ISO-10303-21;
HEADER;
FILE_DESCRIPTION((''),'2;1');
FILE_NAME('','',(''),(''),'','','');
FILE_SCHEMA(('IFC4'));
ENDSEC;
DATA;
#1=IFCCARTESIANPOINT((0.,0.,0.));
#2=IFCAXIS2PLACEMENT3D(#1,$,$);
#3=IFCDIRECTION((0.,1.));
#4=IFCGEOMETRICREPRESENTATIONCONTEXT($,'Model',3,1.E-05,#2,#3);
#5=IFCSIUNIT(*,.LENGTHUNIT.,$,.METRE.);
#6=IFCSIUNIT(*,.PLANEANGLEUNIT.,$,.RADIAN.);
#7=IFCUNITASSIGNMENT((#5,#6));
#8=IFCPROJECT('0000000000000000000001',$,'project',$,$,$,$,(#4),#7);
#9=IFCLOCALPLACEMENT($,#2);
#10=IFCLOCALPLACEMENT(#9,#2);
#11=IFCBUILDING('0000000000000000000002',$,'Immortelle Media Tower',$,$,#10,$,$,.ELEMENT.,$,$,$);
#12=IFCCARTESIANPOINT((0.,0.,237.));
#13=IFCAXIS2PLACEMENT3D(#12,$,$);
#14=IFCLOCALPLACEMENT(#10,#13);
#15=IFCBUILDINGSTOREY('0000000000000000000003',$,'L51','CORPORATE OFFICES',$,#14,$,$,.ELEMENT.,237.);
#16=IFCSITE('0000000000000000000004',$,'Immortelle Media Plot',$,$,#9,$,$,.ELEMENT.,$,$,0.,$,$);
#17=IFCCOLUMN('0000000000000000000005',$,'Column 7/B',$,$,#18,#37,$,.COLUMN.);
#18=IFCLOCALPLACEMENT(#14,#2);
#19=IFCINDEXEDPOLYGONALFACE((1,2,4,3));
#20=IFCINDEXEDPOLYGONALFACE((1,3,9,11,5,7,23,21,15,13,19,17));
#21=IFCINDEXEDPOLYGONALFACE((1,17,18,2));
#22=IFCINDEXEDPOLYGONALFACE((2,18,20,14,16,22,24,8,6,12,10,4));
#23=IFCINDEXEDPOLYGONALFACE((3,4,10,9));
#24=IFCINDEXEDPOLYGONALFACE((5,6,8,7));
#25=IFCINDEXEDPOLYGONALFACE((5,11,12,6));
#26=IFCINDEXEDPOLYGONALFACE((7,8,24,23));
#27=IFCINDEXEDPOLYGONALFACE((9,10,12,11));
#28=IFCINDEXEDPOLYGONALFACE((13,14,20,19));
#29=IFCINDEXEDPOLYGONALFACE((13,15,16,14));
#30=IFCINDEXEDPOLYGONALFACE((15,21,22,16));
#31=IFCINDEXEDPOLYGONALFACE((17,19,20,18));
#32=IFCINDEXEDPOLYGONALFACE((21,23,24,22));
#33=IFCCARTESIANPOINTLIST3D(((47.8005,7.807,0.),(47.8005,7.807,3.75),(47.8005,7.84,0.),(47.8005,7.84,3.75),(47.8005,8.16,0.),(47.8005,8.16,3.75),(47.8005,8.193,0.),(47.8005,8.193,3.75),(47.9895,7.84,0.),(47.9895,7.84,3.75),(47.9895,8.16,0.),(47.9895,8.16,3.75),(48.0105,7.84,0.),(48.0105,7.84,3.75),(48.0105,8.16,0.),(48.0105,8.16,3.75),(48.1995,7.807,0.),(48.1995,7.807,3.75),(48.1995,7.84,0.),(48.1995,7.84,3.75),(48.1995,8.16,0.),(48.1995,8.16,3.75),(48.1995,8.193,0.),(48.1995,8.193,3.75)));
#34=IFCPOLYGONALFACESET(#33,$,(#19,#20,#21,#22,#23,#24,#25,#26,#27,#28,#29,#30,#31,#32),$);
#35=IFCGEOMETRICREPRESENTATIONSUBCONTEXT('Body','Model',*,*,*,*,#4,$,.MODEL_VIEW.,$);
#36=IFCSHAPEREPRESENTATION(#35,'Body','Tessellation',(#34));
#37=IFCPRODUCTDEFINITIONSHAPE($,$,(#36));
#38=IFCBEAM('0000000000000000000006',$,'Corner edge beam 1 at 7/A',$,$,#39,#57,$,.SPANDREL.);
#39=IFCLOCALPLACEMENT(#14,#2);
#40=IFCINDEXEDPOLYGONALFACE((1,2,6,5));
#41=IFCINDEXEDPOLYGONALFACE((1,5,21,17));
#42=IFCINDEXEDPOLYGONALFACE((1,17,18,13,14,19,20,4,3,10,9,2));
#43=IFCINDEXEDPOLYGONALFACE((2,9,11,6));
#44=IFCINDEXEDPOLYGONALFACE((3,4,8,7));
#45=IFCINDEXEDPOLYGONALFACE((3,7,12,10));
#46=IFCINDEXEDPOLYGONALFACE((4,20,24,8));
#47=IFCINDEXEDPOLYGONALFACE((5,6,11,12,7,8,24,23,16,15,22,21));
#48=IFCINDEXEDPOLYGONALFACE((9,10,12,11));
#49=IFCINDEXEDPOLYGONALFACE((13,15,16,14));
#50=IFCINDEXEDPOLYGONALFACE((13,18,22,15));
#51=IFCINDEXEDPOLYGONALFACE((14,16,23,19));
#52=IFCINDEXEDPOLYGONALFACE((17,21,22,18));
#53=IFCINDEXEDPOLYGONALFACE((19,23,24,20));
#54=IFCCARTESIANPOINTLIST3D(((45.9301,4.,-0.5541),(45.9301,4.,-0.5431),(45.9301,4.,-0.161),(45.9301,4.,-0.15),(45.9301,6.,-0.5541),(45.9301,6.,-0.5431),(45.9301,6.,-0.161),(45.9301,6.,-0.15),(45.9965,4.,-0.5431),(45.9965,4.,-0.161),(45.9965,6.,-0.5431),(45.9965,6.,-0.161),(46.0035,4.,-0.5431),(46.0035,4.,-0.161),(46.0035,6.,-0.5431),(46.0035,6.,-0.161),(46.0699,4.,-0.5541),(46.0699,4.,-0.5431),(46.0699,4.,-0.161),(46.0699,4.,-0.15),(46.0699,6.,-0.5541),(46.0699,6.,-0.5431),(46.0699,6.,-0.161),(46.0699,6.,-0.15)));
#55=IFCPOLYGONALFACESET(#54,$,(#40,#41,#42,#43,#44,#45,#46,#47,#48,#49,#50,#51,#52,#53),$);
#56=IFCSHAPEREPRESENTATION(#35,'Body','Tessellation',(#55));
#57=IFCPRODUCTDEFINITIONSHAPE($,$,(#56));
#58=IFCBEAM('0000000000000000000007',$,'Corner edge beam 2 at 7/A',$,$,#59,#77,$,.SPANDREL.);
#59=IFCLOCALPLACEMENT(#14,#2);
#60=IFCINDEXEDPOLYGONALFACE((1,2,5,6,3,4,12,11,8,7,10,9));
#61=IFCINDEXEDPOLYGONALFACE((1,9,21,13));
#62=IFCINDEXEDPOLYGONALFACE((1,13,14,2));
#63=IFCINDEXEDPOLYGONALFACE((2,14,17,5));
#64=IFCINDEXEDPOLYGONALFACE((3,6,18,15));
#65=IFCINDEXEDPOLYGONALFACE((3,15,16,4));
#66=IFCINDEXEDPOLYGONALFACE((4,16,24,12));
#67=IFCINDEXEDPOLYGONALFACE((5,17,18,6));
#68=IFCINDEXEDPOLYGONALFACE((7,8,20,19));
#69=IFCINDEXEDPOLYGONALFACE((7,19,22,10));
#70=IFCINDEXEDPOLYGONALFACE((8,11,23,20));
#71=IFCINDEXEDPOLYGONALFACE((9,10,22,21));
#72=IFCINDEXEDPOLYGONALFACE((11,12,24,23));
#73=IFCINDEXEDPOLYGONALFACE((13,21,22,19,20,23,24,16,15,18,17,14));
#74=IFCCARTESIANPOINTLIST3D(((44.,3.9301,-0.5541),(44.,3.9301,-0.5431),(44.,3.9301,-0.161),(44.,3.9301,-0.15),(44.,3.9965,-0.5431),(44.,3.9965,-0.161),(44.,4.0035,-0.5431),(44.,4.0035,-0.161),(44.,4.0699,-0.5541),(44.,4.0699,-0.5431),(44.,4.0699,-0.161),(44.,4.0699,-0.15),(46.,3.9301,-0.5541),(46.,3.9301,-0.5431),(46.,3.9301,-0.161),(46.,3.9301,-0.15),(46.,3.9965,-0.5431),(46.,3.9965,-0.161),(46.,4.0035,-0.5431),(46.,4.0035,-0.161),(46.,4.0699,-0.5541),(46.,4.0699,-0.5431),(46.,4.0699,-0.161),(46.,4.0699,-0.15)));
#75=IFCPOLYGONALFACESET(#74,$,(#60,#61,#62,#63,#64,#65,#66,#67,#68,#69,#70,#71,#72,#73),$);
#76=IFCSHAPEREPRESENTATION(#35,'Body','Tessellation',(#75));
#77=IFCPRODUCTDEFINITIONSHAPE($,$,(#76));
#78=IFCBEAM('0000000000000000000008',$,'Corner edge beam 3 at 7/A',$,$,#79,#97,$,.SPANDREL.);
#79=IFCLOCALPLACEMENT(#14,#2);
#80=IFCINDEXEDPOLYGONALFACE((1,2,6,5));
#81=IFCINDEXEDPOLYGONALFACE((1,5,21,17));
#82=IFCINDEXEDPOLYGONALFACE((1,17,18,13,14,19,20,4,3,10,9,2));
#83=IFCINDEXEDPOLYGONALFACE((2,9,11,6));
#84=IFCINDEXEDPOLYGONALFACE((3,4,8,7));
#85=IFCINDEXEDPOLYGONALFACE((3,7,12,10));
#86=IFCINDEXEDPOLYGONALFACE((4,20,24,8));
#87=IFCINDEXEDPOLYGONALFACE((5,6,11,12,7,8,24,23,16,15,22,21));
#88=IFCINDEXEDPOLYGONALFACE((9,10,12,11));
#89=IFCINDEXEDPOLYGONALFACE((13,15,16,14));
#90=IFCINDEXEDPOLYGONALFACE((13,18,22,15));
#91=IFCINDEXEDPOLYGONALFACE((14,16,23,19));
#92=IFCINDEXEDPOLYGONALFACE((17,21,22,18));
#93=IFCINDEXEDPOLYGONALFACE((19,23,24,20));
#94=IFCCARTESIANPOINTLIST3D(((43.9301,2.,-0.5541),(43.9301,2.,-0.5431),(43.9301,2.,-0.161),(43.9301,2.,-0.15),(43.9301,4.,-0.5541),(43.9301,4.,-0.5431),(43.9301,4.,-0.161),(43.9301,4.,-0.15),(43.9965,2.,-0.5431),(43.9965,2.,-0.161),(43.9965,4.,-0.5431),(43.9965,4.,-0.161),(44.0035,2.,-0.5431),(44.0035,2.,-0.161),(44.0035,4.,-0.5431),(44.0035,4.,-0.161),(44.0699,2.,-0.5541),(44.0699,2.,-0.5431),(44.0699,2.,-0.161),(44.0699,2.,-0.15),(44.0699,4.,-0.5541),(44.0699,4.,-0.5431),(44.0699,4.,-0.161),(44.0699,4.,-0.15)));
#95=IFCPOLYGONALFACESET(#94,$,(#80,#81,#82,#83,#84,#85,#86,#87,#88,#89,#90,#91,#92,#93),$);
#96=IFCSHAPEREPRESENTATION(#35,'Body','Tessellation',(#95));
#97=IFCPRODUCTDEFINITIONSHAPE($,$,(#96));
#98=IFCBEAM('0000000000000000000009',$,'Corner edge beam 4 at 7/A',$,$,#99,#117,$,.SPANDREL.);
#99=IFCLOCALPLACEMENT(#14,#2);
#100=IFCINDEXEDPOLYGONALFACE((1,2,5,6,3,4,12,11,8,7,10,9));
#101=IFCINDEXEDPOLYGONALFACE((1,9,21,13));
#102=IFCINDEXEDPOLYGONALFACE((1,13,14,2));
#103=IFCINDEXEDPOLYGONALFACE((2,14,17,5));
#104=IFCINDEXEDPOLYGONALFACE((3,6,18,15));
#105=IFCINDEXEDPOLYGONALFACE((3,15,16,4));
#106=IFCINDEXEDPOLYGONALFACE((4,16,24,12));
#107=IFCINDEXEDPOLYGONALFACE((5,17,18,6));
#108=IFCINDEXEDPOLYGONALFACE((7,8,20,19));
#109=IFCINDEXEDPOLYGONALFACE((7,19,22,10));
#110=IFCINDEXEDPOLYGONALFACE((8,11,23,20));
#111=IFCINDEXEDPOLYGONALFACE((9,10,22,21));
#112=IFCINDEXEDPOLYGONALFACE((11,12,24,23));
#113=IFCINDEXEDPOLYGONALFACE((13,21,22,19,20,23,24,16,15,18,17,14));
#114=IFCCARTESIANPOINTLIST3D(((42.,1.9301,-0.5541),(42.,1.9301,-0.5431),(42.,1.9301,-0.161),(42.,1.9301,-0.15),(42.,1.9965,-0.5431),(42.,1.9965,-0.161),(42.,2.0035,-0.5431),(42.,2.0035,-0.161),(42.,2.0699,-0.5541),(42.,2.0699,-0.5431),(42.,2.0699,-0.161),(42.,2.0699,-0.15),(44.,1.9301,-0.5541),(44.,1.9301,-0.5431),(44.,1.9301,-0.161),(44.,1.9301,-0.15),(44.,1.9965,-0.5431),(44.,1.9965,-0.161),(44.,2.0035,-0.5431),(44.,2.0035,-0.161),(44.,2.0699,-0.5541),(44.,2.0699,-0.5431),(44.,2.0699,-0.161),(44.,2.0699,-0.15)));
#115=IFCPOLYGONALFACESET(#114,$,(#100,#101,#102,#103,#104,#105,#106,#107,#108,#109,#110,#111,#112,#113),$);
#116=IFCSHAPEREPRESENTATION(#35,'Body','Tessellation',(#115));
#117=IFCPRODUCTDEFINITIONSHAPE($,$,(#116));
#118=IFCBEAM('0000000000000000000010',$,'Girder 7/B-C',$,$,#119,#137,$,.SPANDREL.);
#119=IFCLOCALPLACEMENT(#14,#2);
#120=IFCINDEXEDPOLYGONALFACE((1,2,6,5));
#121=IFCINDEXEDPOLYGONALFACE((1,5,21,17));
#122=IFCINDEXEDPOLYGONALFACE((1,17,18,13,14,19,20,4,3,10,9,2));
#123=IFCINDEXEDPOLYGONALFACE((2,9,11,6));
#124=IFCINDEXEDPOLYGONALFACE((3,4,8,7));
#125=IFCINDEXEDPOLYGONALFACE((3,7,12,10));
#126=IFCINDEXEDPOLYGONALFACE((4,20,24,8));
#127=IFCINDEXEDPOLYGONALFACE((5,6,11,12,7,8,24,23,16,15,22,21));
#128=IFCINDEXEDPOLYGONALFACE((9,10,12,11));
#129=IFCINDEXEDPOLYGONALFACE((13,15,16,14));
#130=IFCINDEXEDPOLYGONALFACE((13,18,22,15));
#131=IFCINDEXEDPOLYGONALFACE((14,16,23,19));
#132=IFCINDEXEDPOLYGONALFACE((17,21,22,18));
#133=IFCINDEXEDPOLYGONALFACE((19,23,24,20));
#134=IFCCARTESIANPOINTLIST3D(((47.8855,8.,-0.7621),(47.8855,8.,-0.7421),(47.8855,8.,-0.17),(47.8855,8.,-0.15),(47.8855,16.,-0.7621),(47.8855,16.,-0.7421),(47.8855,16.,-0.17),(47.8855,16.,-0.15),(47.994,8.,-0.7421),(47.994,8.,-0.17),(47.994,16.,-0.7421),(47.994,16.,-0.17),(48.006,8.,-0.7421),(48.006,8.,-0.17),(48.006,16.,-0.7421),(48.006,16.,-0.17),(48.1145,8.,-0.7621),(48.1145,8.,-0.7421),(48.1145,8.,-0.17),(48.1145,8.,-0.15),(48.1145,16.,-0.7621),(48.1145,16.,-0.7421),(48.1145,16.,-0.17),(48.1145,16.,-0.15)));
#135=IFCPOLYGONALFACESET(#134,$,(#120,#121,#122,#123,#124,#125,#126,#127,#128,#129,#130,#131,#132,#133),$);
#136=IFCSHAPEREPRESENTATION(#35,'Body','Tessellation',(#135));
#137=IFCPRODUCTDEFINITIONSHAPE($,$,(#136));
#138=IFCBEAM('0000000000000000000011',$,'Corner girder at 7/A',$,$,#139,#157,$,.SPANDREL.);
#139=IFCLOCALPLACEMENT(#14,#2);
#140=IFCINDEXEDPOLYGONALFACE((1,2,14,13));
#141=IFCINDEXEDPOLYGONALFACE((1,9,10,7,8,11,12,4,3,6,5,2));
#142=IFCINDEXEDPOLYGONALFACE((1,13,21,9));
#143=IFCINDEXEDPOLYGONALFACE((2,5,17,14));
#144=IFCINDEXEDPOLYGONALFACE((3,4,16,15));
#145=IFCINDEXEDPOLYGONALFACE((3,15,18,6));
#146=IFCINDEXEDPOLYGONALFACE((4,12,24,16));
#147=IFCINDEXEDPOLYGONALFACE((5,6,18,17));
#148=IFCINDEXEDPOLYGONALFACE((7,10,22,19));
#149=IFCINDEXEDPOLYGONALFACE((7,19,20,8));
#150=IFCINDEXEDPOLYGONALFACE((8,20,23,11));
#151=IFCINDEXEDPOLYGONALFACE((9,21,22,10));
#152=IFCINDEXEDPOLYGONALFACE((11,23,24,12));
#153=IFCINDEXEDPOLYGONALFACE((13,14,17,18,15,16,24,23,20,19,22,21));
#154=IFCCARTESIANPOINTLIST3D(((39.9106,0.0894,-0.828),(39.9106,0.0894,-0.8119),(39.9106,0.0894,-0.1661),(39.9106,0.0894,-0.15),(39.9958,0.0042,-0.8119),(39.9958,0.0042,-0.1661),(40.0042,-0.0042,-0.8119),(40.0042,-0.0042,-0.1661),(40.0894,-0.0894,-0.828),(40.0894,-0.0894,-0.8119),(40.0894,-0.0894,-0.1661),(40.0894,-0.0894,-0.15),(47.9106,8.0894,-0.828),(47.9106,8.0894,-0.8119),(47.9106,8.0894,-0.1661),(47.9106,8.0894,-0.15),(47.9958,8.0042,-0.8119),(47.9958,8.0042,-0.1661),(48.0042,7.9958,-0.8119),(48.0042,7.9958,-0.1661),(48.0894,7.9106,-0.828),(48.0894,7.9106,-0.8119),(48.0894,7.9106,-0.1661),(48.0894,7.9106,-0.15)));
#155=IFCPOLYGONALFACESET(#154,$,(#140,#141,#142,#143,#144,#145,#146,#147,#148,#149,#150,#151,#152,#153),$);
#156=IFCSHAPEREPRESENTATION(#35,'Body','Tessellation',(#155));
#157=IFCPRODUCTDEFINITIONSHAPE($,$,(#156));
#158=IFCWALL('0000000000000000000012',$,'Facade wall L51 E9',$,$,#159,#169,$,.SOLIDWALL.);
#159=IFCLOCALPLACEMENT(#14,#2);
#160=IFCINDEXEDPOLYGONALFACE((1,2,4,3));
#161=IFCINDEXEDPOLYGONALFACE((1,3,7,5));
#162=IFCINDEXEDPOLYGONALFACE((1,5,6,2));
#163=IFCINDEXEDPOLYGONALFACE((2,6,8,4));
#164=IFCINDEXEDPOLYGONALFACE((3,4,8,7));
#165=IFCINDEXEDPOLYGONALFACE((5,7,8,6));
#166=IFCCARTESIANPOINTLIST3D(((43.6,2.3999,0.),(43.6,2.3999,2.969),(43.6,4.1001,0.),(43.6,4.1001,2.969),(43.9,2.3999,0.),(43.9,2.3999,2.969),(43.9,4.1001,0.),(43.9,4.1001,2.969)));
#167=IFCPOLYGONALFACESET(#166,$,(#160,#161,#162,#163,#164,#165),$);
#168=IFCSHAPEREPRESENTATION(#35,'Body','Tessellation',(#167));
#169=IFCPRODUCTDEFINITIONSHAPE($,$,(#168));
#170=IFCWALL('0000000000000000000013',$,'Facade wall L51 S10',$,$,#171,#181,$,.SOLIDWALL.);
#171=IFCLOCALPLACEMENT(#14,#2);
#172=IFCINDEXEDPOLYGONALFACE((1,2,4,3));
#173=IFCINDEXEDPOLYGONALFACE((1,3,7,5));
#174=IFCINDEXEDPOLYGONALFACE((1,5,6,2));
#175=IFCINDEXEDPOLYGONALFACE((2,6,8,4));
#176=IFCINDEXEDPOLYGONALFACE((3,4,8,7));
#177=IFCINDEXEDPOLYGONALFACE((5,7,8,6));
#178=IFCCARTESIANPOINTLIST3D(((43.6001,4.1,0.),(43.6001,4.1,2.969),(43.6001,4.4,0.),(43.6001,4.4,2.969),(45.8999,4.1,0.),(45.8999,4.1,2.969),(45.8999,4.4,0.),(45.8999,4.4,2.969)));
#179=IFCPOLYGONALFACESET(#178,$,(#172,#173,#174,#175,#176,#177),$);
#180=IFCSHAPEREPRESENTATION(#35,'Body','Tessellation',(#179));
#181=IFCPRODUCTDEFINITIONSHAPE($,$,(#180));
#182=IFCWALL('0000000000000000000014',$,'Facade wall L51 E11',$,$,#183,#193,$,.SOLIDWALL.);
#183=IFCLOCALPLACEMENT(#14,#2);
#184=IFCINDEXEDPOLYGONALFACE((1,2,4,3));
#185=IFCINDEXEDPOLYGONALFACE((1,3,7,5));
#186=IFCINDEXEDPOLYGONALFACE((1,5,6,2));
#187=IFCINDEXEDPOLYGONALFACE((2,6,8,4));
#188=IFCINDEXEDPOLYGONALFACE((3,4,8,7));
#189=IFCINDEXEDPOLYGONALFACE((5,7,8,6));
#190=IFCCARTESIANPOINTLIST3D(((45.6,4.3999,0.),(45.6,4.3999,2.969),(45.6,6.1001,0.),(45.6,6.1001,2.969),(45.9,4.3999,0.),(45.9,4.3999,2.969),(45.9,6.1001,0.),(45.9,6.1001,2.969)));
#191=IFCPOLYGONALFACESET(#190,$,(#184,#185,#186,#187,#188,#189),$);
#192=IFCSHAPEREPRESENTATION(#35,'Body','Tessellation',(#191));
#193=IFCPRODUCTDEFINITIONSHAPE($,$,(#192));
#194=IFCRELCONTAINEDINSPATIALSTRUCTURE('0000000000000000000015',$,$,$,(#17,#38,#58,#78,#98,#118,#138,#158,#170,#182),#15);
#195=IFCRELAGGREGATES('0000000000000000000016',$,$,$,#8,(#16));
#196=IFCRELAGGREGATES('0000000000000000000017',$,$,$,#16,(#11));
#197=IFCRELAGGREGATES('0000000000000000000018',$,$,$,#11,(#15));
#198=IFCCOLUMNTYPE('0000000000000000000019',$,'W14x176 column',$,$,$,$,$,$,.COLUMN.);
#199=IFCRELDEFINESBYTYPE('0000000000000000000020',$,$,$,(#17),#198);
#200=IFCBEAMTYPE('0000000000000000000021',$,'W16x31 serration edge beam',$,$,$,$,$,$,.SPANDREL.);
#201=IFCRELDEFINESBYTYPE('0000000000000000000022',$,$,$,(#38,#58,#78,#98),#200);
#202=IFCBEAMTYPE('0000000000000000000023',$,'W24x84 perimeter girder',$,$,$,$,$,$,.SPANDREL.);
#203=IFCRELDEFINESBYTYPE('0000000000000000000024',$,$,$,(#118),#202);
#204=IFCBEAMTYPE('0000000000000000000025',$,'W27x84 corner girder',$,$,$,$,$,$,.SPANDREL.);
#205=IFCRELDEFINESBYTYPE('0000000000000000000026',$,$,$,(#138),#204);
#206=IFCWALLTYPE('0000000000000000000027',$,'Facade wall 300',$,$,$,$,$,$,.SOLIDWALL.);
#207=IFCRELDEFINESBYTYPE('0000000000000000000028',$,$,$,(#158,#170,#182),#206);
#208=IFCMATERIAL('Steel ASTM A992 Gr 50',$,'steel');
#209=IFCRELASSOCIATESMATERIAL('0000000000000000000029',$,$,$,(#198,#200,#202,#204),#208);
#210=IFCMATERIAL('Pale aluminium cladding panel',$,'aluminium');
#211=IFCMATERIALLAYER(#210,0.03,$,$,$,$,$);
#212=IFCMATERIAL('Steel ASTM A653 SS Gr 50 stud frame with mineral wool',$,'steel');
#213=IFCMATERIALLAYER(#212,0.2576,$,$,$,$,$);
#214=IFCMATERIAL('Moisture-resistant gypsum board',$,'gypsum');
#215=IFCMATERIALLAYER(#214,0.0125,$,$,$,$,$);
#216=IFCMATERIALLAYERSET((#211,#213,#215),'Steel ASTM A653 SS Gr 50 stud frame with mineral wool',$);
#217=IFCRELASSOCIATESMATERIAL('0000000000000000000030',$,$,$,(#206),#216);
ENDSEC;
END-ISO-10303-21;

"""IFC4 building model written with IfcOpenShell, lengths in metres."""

from ifc_helpers import new_model, si_unit, direction, frame, frame_2d, origin, origin_2d, place, context, subcontext, project, spatial, rectangle, i_section, extrude, material, layer, layer_set, material_profile, profile_set, type_object, element, save


model = new_model("IFC4")

# Units and contexts
model_context = context("Model", 3, precision=1e-05, world=origin(), true_north=direction((0.0, 1.0)))
body_context = subcontext(model_context, "Body", "Model", "MODEL_VIEW")
ifc_project = project(units=[si_unit("LENGTHUNIT", "METRE"), si_unit("PLANEANGLEUNIT", "RADIAN")], contexts=[model_context])

# Site, building, storey
site_placement = place(None, origin())
site = spatial("IfcSite", under=ifc_project, at=site_placement, Name="Immortelle Media Plot", CompositionType="ELEMENT", RefElevation=0.0)
building_placement = place(site_placement, origin())
building = spatial("IfcBuilding", under=site, at=building_placement, Name="Immortelle Media Tower", CompositionType="ELEMENT")
storey_placement = place(building_placement, frame((0.0, 0.0, 237.0)))
storey = spatial("IfcBuildingStorey", under=building, at=storey_placement, Name="L51", Description="CORPORATE OFFICES", CompositionType="ELEMENT", Elevation=237.0)

# Column
ifc_material_1 = material(Name="Steel ASTM A992 Gr 50", Category="steel")
ifc_material_profile_1 = material_profile(ifc_material_1, i_section(OverallWidth=0.3989, OverallDepth=0.386, WebThickness=0.021, FlangeThickness=0.033, at=origin_2d()), Name="W14x176")
ifc_profile_set_1 = profile_set([ifc_material_profile_1], Name="Steel ASTM A992 Gr 50")
column_type = type_object("IfcColumnType", Name="W14x176 column", PredefinedType="COLUMN", material=ifc_profile_set_1)
column_placement = place(storey_placement, frame((48.0, 8.0, 0.0), z_axis=(0.0, 0.0, 1.0), x_axis=(1.0, 0.0, 0.0)))
element("IfcColumn", 1, at=column_placement, inside=storey, type_object=column_type, Name="Column 7/B", PredefinedType="COLUMN", context=body_context, shape_type="SweptSolid", body=[
    extrude(i_section(OverallWidth=0.3989, OverallDepth=0.386, WebThickness=0.021, FlangeThickness=0.033, at=origin_2d()), origin(), (0.0, 0.0, 1.0), 3.75),
])

# Beams
ifc_material_profile_2 = material_profile(ifc_material_1, i_section(OverallWidth=0.1399, OverallDepth=0.4041, WebThickness=0.0071, FlangeThickness=0.011, at=origin_2d()), Name="W16x31")
ifc_profile_set_2 = profile_set([ifc_material_profile_2], Name="Steel ASTM A992 Gr 50")
beam_type_1 = type_object("IfcBeamType", Name="W16x31 serration edge beam", PredefinedType="SPANDREL", material=ifc_profile_set_2)
for number, where, z_axis, x_axis, name in (
    (2, (46.0, 6.0, -0.3521), (0.0, -1.0, 0.0), (1.0, 0.0, 0.0), "Corner edge beam 1 at 7/A"),
    (3, (46.0, 4.0, -0.3521), (-1.0, 0.0, 0.0), (0.0, -1.0, 0.0), "Corner edge beam 2 at 7/A"),
    (4, (44.0, 4.0, -0.3521), (0.0, -1.0, 0.0), (1.0, 0.0, 0.0), "Corner edge beam 3 at 7/A"),
    (5, (44.0, 2.0, -0.3521), (-1.0, 0.0, 0.0), (0.0, -1.0, 0.0), "Corner edge beam 4 at 7/A"),
):
    element("IfcBeam", number, at=place(storey_placement, frame(where, z_axis=z_axis, x_axis=x_axis)), inside=storey, type_object=beam_type_1, Name=name, PredefinedType="SPANDREL", context=body_context, shape_type="SweptSolid", body=[
        extrude(i_section(OverallWidth=0.1399, OverallDepth=0.4041, WebThickness=0.0071, FlangeThickness=0.011, at=origin_2d()), origin(), (0.0, 0.0, 1.0), 2.0),
    ])
ifc_material_profile_3 = material_profile(ifc_material_1, i_section(OverallWidth=0.229, OverallDepth=0.6121, WebThickness=0.012, FlangeThickness=0.02, at=origin_2d()), Name="W24x84")
ifc_profile_set_3 = profile_set([ifc_material_profile_3], Name="Steel ASTM A992 Gr 50")
beam_type_2 = type_object("IfcBeamType", Name="W24x84 perimeter girder", PredefinedType="SPANDREL", material=ifc_profile_set_3)
beam_1_placement = place(storey_placement, frame((48.0, 8.0, -0.4561), z_axis=(0.0, 1.0, 0.0), x_axis=(-1.0, 0.0, 0.0)))
element("IfcBeam", 6, at=beam_1_placement, inside=storey, type_object=beam_type_2, Name="Girder 7/B-C", PredefinedType="SPANDREL", context=body_context, shape_type="SweptSolid", body=[
    extrude(i_section(OverallWidth=0.229, OverallDepth=0.6121, WebThickness=0.012, FlangeThickness=0.02, at=origin_2d()), origin(), (0.0, 0.0, 1.0), 8.0),
])
ifc_material_profile_4 = material_profile(ifc_material_1, i_section(OverallWidth=0.2529, OverallDepth=0.678, WebThickness=0.012, FlangeThickness=0.0161, at=origin_2d()), Name="W27x84")
ifc_profile_set_4 = profile_set([ifc_material_profile_4], Name="Steel ASTM A992 Gr 50")
beam_type_3 = type_object("IfcBeamType", Name="W27x84 corner girder", PredefinedType="SPANDREL", material=ifc_profile_set_4)
beam_2_placement = place(storey_placement, frame((48.0, 8.0, -0.489), z_axis=(-0.707107, -0.707107, 0.0), x_axis=(0.707107, -0.707107, 0.0)))
element("IfcBeam", 7, at=beam_2_placement, inside=storey, type_object=beam_type_3, Name="Corner girder at 7/A", PredefinedType="SPANDREL", context=body_context, shape_type="SweptSolid", body=[
    extrude(i_section(OverallWidth=0.2529, OverallDepth=0.678, WebThickness=0.012, FlangeThickness=0.0161, at=origin_2d()), origin(), (0.0, 0.0, 1.0), 11.3137),
])

# Walls
ifc_material_2 = material(Name="Pale aluminium cladding panel", Category="aluminium")
ifc_layer_1 = layer(ifc_material_2, 0.03)
ifc_material_3 = material(Name="Steel ASTM A653 SS Gr 50 stud frame with mineral wool", Category="steel")
ifc_layer_2 = layer(ifc_material_3, 0.2576)
ifc_material_4 = material(Name="Moisture-resistant gypsum board", Category="gypsum")
ifc_layer_3 = layer(ifc_material_4, 0.0125)
ifc_layer_set_1 = layer_set([ifc_layer_1, ifc_layer_2, ifc_layer_3], Name="Steel ASTM A653 SS Gr 50 stud frame with mineral wool")
wall_type_1 = type_object("IfcWallType", Name="Facade wall 300", PredefinedType="SOLIDWALL", material=ifc_layer_set_1)
wall_1_placement = place(storey_placement, frame((43.75, 2.3999, 0.0), z_axis=(0.0, 0.0, 1.0), x_axis=(0.0, 1.0, 0.0)))
element("IfcWall", 8, at=wall_1_placement, inside=storey, type_object=wall_type_1, Name="Facade wall L51 E9", PredefinedType="SOLIDWALL", context=body_context, shape_type="SweptSolid", body=[
    extrude(rectangle(XDim=1.7002, YDim=0.3, at=frame_2d((0.8501, 0.0))), origin(), (0.0, 0.0, 1.0), 2.969),
])
wall_2_placement = place(storey_placement, frame((43.6001, 4.25, 0.0), z_axis=(0.0, 0.0, 1.0), x_axis=(1.0, 0.0, 0.0)))
element("IfcWall", 9, at=wall_2_placement, inside=storey, type_object=wall_type_1, Name="Facade wall L51 S10", PredefinedType="SOLIDWALL", context=body_context, shape_type="SweptSolid", body=[
    extrude(rectangle(XDim=2.2998, YDim=0.3, at=frame_2d((1.1499, 0.0))), origin(), (0.0, 0.0, 1.0), 2.969),
])
wall_3_placement = place(storey_placement, frame((45.75, 4.3999, 0.0), z_axis=(0.0, 0.0, 1.0), x_axis=(0.0, 1.0, 0.0)))
element("IfcWall", 10, at=wall_3_placement, inside=storey, type_object=wall_type_1, Name="Facade wall L51 E11", PredefinedType="SOLIDWALL", context=body_context, shape_type="SweptSolid", body=[
    extrude(rectangle(XDim=1.7002, YDim=0.3, at=frame_2d((0.8501, 0.0))), origin(), (0.0, 0.0, 1.0), 2.969),
])

save(model, "model.ifc")
